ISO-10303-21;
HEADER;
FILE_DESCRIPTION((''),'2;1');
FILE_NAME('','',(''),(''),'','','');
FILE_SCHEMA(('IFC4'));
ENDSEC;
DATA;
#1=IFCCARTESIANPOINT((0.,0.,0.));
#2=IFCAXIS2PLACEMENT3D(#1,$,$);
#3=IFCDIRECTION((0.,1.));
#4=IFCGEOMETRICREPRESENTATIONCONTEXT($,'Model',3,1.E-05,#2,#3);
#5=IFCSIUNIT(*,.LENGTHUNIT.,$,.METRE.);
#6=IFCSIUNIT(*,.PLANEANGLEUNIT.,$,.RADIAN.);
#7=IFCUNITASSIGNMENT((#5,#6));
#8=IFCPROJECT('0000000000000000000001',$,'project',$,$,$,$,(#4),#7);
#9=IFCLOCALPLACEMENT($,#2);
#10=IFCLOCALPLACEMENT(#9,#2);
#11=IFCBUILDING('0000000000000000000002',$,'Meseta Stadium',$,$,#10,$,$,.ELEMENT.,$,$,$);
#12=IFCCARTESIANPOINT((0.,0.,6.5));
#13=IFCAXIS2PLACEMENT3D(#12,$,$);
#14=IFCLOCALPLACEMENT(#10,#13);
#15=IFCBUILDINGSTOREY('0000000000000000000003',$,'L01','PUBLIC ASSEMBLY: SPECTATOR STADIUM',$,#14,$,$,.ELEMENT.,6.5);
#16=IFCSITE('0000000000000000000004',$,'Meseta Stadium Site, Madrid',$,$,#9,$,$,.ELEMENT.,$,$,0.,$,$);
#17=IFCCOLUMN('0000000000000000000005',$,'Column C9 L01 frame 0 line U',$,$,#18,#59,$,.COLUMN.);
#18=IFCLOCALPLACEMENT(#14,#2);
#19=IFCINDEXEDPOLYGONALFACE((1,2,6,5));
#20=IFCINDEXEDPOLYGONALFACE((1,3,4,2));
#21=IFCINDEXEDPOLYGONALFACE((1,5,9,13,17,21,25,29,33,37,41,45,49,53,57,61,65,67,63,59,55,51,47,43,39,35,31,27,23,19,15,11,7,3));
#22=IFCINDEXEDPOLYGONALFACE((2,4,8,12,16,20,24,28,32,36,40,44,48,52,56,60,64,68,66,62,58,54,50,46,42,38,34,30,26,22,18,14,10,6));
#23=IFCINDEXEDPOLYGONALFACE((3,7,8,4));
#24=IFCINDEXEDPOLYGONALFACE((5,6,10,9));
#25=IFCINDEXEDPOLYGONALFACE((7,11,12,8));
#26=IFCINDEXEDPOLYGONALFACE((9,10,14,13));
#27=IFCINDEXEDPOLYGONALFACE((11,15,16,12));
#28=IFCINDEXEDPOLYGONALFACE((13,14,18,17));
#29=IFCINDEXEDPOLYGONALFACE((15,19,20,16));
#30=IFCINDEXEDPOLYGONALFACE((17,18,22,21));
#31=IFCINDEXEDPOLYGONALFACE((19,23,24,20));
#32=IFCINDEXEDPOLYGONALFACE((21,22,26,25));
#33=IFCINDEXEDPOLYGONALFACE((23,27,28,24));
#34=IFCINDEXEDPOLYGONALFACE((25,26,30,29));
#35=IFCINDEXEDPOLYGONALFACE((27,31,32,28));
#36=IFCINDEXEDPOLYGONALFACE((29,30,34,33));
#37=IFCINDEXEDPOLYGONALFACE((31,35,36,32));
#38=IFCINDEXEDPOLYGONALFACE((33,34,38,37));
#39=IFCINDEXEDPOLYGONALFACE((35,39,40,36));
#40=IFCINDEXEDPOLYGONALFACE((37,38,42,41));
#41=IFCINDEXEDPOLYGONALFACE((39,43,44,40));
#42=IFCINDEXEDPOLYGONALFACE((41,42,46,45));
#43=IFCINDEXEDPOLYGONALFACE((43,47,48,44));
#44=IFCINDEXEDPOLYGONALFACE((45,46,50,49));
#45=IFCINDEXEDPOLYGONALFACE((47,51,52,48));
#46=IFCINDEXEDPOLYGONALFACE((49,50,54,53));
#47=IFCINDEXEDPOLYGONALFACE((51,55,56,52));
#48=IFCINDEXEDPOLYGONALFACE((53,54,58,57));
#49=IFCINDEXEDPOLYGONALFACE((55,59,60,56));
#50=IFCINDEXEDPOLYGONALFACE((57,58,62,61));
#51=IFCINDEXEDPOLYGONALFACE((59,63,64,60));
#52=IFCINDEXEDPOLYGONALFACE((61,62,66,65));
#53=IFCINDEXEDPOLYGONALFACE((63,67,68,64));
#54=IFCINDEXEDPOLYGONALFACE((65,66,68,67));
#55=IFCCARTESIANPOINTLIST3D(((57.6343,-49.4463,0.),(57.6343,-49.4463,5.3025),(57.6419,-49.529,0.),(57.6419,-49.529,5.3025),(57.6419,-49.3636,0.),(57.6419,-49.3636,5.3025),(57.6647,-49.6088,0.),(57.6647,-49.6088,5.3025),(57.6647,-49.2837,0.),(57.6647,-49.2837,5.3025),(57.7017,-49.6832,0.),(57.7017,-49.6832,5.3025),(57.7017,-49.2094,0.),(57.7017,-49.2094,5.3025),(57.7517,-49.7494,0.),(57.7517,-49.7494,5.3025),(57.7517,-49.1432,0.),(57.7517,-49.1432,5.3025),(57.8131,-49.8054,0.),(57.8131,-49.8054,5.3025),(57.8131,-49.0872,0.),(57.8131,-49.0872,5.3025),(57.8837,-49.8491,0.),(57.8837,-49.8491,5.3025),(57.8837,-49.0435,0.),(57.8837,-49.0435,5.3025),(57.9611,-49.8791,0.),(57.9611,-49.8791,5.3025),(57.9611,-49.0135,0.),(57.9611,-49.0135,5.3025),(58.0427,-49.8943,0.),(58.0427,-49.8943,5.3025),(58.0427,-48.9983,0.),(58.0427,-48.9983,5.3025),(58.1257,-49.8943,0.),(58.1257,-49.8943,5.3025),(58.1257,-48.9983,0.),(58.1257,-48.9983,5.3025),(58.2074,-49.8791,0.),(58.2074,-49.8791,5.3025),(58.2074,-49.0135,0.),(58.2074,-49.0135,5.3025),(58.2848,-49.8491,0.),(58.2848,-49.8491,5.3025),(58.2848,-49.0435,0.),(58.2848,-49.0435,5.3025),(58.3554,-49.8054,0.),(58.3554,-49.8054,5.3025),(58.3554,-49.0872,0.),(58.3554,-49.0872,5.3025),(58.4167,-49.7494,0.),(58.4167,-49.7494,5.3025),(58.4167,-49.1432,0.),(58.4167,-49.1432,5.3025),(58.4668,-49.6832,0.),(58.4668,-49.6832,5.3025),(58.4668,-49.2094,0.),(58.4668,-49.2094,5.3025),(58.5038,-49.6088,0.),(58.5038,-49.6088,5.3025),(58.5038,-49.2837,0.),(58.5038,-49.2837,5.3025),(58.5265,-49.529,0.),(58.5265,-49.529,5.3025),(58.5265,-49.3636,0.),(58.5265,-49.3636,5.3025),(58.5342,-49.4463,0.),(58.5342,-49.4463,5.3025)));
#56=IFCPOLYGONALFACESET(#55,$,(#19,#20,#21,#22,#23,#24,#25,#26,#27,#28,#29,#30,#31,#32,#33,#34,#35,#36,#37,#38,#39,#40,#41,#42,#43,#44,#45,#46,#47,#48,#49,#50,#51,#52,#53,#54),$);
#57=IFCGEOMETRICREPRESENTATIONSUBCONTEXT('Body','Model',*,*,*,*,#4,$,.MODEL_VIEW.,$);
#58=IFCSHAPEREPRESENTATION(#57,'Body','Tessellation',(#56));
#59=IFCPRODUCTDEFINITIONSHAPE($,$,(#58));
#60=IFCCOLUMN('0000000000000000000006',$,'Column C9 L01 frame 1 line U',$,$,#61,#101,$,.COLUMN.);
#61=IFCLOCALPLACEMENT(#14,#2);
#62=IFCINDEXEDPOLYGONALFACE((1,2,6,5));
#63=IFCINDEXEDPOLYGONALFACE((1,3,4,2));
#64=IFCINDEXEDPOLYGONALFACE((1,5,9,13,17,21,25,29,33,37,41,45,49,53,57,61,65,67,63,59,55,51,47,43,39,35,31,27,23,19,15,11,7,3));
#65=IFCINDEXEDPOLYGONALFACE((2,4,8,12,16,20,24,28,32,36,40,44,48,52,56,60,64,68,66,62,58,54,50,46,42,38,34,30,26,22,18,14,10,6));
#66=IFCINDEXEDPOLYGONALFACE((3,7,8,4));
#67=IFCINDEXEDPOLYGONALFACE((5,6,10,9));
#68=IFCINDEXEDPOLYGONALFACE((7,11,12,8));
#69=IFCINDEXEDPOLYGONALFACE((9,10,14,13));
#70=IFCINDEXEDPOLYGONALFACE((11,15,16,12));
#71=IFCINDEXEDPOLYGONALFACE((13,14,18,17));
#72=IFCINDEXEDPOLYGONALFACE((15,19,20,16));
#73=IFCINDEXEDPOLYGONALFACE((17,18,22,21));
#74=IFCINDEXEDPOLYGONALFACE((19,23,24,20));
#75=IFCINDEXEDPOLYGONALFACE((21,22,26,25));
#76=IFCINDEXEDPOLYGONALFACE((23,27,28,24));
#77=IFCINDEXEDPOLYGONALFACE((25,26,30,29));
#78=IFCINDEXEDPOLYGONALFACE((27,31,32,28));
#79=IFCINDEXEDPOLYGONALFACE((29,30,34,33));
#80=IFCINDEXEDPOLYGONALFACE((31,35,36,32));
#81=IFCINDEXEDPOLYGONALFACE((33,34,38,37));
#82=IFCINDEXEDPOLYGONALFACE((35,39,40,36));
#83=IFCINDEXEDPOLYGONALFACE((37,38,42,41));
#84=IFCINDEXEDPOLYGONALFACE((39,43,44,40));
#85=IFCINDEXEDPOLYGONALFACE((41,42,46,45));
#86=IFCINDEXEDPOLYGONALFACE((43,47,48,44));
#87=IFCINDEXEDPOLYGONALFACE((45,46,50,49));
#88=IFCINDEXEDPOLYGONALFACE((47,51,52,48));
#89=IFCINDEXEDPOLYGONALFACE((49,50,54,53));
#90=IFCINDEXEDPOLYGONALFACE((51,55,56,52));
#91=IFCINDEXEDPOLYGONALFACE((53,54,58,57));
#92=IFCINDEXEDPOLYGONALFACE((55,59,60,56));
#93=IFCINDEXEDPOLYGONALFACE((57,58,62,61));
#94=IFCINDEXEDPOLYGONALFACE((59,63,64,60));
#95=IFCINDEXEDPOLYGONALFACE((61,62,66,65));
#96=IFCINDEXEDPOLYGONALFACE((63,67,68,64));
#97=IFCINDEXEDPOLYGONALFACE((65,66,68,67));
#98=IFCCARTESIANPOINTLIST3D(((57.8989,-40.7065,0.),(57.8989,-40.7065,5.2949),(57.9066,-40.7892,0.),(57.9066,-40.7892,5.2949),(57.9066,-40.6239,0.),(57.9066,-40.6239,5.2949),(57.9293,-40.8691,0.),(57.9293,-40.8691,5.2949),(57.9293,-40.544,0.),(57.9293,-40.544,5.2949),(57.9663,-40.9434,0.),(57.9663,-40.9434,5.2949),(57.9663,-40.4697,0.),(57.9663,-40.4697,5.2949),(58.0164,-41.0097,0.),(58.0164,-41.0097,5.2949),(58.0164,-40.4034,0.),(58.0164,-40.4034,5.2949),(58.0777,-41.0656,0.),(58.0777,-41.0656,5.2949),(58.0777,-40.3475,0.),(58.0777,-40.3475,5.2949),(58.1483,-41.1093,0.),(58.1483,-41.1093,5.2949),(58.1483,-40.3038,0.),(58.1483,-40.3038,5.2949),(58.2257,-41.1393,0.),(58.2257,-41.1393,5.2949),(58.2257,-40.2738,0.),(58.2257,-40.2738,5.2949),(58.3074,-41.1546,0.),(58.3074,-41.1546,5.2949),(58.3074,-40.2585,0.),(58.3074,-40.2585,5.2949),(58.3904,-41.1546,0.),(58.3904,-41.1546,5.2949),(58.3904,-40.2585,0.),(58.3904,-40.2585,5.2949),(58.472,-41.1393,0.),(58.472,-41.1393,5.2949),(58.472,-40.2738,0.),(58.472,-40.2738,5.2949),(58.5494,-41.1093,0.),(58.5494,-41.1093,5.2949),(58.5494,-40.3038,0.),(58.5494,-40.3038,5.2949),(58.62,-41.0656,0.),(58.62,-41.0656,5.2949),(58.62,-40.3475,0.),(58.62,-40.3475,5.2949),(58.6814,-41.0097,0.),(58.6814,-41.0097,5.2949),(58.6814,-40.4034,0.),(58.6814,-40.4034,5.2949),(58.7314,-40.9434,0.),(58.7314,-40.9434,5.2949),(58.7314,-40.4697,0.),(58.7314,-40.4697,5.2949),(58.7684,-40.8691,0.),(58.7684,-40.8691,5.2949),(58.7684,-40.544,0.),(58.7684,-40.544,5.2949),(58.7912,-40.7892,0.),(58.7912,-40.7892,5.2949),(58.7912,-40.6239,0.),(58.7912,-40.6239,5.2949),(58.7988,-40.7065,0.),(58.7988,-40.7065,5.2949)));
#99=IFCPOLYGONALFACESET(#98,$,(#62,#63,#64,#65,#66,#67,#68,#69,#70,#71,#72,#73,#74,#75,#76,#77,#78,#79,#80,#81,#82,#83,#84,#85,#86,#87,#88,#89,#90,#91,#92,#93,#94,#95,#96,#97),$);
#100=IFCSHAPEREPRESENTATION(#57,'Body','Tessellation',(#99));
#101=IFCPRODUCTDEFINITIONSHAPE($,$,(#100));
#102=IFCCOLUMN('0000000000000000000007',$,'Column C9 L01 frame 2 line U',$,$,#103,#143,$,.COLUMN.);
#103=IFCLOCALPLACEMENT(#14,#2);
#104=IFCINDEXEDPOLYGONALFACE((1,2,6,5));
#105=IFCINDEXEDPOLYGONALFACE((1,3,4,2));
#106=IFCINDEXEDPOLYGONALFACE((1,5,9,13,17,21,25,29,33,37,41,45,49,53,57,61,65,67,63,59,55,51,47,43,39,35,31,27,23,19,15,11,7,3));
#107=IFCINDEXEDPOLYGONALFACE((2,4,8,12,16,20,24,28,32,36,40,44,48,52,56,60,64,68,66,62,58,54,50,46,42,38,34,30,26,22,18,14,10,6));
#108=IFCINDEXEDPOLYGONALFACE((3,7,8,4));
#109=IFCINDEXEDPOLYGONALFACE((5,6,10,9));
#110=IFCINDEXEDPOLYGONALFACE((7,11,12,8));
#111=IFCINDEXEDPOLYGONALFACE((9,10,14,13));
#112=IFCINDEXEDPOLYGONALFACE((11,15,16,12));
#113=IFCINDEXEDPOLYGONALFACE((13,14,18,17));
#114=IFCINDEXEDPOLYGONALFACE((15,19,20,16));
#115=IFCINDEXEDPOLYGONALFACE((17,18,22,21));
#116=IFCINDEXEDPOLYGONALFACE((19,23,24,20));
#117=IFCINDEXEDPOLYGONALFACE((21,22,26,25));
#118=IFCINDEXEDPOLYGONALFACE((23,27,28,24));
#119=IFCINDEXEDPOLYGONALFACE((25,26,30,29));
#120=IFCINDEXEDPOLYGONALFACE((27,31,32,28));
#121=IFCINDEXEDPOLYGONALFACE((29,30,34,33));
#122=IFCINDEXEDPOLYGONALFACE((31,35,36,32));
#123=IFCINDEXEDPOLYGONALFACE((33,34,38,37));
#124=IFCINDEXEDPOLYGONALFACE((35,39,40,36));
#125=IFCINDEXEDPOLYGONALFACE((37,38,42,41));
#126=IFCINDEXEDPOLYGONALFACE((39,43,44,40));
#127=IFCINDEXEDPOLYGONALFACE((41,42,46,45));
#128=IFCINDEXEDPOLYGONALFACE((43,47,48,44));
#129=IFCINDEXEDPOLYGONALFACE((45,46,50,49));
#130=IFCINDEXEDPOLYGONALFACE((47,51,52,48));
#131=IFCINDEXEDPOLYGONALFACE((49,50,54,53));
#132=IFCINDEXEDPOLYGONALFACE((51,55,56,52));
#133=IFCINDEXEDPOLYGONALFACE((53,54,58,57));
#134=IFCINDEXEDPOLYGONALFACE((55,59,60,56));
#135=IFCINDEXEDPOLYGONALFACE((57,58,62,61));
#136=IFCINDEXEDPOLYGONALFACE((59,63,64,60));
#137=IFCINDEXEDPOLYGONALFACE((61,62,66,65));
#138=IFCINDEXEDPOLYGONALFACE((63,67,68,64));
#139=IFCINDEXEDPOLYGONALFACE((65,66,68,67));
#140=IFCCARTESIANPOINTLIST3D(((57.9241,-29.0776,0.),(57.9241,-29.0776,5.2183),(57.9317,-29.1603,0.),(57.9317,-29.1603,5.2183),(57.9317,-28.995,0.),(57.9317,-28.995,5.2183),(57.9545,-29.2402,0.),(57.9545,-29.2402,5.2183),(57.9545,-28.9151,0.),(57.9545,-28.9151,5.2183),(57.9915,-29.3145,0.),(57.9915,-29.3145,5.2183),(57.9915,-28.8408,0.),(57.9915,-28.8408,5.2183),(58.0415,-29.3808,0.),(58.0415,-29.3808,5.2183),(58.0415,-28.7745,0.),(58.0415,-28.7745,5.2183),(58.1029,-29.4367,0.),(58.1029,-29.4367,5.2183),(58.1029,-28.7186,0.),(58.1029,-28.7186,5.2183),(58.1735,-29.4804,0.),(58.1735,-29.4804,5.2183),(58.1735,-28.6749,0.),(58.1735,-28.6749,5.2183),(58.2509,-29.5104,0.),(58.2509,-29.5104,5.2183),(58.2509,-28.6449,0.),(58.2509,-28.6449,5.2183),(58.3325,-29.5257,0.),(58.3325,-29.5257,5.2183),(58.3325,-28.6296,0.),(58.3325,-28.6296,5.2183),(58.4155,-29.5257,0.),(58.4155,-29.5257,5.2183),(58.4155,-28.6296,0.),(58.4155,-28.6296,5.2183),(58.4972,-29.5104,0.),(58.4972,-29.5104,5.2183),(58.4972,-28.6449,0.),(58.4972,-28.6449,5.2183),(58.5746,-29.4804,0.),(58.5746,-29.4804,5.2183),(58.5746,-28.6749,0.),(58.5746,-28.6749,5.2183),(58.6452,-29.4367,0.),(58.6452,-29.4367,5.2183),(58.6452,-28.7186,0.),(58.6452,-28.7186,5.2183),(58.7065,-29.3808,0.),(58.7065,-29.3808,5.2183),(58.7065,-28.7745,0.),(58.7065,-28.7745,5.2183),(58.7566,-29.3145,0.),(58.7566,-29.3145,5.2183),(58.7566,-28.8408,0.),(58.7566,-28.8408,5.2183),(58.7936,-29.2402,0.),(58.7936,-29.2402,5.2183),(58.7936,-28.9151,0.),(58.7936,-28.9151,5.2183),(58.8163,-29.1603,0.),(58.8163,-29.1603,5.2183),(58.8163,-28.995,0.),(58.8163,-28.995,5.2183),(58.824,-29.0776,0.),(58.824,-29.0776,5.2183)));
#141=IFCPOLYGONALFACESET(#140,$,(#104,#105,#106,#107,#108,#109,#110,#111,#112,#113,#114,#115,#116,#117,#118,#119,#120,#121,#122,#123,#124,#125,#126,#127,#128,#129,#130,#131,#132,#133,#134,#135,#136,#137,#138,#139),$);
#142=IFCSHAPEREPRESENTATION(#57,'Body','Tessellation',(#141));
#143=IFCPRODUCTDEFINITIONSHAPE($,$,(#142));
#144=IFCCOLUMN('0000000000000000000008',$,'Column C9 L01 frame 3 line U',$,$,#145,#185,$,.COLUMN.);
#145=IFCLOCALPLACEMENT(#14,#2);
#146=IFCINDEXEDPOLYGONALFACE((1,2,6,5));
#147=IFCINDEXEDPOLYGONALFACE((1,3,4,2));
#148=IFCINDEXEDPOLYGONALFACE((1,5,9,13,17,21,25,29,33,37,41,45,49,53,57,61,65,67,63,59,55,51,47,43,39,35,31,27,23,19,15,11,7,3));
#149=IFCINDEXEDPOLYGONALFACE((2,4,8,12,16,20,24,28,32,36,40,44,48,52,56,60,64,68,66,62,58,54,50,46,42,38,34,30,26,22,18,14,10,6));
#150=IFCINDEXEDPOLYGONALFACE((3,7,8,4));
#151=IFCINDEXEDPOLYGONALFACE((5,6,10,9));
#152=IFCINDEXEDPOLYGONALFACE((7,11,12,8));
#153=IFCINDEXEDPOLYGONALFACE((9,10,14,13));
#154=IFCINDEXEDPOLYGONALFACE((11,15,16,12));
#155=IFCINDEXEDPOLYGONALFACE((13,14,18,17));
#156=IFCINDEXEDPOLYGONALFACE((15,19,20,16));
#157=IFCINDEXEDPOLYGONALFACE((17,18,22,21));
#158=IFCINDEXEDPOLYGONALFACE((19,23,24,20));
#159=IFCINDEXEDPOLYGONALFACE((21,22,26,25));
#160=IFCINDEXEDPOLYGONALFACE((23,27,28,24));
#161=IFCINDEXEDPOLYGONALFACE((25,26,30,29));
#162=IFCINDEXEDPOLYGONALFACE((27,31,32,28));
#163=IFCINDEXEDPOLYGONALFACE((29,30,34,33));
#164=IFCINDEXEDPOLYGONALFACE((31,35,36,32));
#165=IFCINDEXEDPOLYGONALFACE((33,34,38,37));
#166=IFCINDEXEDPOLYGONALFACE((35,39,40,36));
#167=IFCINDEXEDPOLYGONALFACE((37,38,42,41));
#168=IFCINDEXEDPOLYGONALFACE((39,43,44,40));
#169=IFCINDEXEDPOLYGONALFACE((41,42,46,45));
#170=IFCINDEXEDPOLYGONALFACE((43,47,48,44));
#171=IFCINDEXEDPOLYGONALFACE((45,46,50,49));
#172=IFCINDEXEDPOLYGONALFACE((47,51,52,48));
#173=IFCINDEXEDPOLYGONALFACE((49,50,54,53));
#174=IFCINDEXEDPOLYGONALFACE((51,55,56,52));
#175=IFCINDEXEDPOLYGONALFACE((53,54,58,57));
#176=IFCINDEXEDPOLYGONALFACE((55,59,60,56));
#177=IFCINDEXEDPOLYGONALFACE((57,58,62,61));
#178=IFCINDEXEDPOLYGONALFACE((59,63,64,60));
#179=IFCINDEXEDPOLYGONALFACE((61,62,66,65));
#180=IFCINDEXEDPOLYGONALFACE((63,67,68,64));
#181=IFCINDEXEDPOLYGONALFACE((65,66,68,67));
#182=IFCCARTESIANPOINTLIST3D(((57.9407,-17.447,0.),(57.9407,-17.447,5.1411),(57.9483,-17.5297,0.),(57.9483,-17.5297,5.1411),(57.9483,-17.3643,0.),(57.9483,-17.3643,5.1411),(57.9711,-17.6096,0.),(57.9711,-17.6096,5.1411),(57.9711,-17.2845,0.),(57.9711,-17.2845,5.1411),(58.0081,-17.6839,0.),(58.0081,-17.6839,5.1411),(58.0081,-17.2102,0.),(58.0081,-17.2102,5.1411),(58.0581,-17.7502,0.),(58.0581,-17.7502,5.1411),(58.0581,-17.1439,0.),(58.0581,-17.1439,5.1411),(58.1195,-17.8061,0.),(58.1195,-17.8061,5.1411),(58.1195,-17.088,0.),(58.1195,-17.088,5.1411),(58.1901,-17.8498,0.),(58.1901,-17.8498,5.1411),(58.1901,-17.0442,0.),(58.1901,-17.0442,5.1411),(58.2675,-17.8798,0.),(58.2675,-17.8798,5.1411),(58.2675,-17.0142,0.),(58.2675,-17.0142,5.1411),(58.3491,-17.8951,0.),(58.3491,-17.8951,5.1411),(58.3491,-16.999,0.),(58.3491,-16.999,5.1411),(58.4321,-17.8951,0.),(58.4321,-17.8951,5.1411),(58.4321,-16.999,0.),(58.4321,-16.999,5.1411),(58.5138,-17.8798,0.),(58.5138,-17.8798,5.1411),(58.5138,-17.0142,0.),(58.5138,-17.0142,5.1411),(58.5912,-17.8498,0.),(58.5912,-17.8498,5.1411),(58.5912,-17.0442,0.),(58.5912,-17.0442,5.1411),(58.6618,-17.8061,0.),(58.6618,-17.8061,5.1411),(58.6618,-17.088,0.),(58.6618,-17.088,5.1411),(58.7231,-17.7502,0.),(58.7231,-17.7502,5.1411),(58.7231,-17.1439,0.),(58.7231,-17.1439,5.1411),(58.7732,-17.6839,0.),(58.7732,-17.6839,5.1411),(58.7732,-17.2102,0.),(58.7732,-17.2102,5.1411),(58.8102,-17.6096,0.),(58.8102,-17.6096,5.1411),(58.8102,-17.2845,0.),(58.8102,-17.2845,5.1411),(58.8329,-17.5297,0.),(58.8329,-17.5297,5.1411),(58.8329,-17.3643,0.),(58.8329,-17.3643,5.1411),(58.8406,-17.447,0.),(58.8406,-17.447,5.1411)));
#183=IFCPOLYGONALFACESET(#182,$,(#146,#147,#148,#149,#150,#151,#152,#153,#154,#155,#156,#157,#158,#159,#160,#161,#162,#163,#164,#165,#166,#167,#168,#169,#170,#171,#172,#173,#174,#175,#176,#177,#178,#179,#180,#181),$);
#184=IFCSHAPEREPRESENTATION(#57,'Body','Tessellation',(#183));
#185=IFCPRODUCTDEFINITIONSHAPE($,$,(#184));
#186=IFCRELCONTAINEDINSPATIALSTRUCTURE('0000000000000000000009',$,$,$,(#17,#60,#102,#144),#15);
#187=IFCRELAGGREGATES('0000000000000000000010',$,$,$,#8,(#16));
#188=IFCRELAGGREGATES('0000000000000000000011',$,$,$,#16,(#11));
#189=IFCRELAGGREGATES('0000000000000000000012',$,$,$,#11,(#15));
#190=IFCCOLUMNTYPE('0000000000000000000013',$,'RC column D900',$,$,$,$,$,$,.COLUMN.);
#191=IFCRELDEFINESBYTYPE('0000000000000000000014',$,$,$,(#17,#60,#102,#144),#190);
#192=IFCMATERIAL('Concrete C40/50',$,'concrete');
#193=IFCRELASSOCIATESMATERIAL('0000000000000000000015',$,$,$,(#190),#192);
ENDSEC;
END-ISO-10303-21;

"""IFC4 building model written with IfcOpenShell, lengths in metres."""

from ifc_helpers import new_model, si_unit, direction, frame, origin, origin_2d, place, context, subcontext, project, spatial, circle, extrude, material, material_profile, profile_set, type_object, element, save


model = new_model("IFC4")

# Units and contexts
model_context = context("Model", 3, precision=1e-05, world=origin(), true_north=direction((0.0, 1.0)))
body_context = subcontext(model_context, "Body", "Model", "MODEL_VIEW")
ifc_project = project(units=[si_unit("LENGTHUNIT", "METRE"), si_unit("PLANEANGLEUNIT", "RADIAN")], contexts=[model_context])

# Site, building, storey
site_placement = place(None, origin())
site = spatial("IfcSite", under=ifc_project, at=site_placement, Name="Meseta Stadium Site, Madrid", CompositionType="ELEMENT", RefElevation=0.0)
building_placement = place(site_placement, origin())
building = spatial("IfcBuilding", under=site, at=building_placement, Name="Meseta Stadium", CompositionType="ELEMENT")
storey_placement = place(building_placement, frame((0.0, 0.0, 6.5)))
storey = spatial("IfcBuildingStorey", under=building, at=storey_placement, Name="L01", Description="PUBLIC ASSEMBLY: SPECTATOR STADIUM", CompositionType="ELEMENT", Elevation=6.5)

# Columns
ifc_material_1 = material(Name="Concrete C40/50", Category="concrete")
ifc_material_profile_1 = material_profile(ifc_material_1, circle(Radius=0.45, at=origin_2d()), Name="RC D900")
ifc_profile_set_1 = profile_set([ifc_material_profile_1], Name="Concrete C40/50")
column_type = type_object("IfcColumnType", Name="RC column D900", PredefinedType="COLUMN", material=ifc_profile_set_1)
column_1_placement = place(storey_placement, frame((58.0842, -49.4463, 0.0), z_axis=(0.0, 0.0, 1.0), x_axis=(1.0, 0.0, 0.0)))
element("IfcColumn", 1, at=column_1_placement, inside=storey, type_object=column_type, Name="Column C9 L01 frame 0 line U", PredefinedType="COLUMN", context=body_context, shape_type="SweptSolid", body=[
    extrude(circle(Radius=0.45, at=origin_2d()), origin(), (0.0, 0.0, 1.0), 5.3025),
])
column_2_placement = place(storey_placement, frame((58.3489, -40.7065, 0.0), z_axis=(0.0, 0.0, 1.0), x_axis=(1.0, 0.0, 0.0)))
element("IfcColumn", 2, at=column_2_placement, inside=storey, type_object=column_type, Name="Column C9 L01 frame 1 line U", PredefinedType="COLUMN", context=body_context, shape_type="SweptSolid", body=[
    extrude(circle(Radius=0.45, at=origin_2d()), origin(), (0.0, 0.0, 1.0), 5.2949),
])
column_3_placement = place(storey_placement, frame((58.374, -29.0776, 0.0), z_axis=(0.0, 0.0, 1.0), x_axis=(1.0, 0.0, 0.0)))
element("IfcColumn", 3, at=column_3_placement, inside=storey, type_object=column_type, Name="Column C9 L01 frame 2 line U", PredefinedType="COLUMN", context=body_context, shape_type="SweptSolid", body=[
    extrude(circle(Radius=0.45, at=origin_2d()), origin(), (0.0, 0.0, 1.0), 5.2183),
])
column_4_placement = place(storey_placement, frame((58.3906, -17.447, 0.0), z_axis=(0.0, 0.0, 1.0), x_axis=(1.0, 0.0, 0.0)))
element("IfcColumn", 4, at=column_4_placement, inside=storey, type_object=column_type, Name="Column C9 L01 frame 3 line U", PredefinedType="COLUMN", context=body_context, shape_type="SweptSolid", body=[
    extrude(circle(Radius=0.45, at=origin_2d()), origin(), (0.0, 0.0, 1.0), 5.1411),
])

save(model, "model.ifc")
